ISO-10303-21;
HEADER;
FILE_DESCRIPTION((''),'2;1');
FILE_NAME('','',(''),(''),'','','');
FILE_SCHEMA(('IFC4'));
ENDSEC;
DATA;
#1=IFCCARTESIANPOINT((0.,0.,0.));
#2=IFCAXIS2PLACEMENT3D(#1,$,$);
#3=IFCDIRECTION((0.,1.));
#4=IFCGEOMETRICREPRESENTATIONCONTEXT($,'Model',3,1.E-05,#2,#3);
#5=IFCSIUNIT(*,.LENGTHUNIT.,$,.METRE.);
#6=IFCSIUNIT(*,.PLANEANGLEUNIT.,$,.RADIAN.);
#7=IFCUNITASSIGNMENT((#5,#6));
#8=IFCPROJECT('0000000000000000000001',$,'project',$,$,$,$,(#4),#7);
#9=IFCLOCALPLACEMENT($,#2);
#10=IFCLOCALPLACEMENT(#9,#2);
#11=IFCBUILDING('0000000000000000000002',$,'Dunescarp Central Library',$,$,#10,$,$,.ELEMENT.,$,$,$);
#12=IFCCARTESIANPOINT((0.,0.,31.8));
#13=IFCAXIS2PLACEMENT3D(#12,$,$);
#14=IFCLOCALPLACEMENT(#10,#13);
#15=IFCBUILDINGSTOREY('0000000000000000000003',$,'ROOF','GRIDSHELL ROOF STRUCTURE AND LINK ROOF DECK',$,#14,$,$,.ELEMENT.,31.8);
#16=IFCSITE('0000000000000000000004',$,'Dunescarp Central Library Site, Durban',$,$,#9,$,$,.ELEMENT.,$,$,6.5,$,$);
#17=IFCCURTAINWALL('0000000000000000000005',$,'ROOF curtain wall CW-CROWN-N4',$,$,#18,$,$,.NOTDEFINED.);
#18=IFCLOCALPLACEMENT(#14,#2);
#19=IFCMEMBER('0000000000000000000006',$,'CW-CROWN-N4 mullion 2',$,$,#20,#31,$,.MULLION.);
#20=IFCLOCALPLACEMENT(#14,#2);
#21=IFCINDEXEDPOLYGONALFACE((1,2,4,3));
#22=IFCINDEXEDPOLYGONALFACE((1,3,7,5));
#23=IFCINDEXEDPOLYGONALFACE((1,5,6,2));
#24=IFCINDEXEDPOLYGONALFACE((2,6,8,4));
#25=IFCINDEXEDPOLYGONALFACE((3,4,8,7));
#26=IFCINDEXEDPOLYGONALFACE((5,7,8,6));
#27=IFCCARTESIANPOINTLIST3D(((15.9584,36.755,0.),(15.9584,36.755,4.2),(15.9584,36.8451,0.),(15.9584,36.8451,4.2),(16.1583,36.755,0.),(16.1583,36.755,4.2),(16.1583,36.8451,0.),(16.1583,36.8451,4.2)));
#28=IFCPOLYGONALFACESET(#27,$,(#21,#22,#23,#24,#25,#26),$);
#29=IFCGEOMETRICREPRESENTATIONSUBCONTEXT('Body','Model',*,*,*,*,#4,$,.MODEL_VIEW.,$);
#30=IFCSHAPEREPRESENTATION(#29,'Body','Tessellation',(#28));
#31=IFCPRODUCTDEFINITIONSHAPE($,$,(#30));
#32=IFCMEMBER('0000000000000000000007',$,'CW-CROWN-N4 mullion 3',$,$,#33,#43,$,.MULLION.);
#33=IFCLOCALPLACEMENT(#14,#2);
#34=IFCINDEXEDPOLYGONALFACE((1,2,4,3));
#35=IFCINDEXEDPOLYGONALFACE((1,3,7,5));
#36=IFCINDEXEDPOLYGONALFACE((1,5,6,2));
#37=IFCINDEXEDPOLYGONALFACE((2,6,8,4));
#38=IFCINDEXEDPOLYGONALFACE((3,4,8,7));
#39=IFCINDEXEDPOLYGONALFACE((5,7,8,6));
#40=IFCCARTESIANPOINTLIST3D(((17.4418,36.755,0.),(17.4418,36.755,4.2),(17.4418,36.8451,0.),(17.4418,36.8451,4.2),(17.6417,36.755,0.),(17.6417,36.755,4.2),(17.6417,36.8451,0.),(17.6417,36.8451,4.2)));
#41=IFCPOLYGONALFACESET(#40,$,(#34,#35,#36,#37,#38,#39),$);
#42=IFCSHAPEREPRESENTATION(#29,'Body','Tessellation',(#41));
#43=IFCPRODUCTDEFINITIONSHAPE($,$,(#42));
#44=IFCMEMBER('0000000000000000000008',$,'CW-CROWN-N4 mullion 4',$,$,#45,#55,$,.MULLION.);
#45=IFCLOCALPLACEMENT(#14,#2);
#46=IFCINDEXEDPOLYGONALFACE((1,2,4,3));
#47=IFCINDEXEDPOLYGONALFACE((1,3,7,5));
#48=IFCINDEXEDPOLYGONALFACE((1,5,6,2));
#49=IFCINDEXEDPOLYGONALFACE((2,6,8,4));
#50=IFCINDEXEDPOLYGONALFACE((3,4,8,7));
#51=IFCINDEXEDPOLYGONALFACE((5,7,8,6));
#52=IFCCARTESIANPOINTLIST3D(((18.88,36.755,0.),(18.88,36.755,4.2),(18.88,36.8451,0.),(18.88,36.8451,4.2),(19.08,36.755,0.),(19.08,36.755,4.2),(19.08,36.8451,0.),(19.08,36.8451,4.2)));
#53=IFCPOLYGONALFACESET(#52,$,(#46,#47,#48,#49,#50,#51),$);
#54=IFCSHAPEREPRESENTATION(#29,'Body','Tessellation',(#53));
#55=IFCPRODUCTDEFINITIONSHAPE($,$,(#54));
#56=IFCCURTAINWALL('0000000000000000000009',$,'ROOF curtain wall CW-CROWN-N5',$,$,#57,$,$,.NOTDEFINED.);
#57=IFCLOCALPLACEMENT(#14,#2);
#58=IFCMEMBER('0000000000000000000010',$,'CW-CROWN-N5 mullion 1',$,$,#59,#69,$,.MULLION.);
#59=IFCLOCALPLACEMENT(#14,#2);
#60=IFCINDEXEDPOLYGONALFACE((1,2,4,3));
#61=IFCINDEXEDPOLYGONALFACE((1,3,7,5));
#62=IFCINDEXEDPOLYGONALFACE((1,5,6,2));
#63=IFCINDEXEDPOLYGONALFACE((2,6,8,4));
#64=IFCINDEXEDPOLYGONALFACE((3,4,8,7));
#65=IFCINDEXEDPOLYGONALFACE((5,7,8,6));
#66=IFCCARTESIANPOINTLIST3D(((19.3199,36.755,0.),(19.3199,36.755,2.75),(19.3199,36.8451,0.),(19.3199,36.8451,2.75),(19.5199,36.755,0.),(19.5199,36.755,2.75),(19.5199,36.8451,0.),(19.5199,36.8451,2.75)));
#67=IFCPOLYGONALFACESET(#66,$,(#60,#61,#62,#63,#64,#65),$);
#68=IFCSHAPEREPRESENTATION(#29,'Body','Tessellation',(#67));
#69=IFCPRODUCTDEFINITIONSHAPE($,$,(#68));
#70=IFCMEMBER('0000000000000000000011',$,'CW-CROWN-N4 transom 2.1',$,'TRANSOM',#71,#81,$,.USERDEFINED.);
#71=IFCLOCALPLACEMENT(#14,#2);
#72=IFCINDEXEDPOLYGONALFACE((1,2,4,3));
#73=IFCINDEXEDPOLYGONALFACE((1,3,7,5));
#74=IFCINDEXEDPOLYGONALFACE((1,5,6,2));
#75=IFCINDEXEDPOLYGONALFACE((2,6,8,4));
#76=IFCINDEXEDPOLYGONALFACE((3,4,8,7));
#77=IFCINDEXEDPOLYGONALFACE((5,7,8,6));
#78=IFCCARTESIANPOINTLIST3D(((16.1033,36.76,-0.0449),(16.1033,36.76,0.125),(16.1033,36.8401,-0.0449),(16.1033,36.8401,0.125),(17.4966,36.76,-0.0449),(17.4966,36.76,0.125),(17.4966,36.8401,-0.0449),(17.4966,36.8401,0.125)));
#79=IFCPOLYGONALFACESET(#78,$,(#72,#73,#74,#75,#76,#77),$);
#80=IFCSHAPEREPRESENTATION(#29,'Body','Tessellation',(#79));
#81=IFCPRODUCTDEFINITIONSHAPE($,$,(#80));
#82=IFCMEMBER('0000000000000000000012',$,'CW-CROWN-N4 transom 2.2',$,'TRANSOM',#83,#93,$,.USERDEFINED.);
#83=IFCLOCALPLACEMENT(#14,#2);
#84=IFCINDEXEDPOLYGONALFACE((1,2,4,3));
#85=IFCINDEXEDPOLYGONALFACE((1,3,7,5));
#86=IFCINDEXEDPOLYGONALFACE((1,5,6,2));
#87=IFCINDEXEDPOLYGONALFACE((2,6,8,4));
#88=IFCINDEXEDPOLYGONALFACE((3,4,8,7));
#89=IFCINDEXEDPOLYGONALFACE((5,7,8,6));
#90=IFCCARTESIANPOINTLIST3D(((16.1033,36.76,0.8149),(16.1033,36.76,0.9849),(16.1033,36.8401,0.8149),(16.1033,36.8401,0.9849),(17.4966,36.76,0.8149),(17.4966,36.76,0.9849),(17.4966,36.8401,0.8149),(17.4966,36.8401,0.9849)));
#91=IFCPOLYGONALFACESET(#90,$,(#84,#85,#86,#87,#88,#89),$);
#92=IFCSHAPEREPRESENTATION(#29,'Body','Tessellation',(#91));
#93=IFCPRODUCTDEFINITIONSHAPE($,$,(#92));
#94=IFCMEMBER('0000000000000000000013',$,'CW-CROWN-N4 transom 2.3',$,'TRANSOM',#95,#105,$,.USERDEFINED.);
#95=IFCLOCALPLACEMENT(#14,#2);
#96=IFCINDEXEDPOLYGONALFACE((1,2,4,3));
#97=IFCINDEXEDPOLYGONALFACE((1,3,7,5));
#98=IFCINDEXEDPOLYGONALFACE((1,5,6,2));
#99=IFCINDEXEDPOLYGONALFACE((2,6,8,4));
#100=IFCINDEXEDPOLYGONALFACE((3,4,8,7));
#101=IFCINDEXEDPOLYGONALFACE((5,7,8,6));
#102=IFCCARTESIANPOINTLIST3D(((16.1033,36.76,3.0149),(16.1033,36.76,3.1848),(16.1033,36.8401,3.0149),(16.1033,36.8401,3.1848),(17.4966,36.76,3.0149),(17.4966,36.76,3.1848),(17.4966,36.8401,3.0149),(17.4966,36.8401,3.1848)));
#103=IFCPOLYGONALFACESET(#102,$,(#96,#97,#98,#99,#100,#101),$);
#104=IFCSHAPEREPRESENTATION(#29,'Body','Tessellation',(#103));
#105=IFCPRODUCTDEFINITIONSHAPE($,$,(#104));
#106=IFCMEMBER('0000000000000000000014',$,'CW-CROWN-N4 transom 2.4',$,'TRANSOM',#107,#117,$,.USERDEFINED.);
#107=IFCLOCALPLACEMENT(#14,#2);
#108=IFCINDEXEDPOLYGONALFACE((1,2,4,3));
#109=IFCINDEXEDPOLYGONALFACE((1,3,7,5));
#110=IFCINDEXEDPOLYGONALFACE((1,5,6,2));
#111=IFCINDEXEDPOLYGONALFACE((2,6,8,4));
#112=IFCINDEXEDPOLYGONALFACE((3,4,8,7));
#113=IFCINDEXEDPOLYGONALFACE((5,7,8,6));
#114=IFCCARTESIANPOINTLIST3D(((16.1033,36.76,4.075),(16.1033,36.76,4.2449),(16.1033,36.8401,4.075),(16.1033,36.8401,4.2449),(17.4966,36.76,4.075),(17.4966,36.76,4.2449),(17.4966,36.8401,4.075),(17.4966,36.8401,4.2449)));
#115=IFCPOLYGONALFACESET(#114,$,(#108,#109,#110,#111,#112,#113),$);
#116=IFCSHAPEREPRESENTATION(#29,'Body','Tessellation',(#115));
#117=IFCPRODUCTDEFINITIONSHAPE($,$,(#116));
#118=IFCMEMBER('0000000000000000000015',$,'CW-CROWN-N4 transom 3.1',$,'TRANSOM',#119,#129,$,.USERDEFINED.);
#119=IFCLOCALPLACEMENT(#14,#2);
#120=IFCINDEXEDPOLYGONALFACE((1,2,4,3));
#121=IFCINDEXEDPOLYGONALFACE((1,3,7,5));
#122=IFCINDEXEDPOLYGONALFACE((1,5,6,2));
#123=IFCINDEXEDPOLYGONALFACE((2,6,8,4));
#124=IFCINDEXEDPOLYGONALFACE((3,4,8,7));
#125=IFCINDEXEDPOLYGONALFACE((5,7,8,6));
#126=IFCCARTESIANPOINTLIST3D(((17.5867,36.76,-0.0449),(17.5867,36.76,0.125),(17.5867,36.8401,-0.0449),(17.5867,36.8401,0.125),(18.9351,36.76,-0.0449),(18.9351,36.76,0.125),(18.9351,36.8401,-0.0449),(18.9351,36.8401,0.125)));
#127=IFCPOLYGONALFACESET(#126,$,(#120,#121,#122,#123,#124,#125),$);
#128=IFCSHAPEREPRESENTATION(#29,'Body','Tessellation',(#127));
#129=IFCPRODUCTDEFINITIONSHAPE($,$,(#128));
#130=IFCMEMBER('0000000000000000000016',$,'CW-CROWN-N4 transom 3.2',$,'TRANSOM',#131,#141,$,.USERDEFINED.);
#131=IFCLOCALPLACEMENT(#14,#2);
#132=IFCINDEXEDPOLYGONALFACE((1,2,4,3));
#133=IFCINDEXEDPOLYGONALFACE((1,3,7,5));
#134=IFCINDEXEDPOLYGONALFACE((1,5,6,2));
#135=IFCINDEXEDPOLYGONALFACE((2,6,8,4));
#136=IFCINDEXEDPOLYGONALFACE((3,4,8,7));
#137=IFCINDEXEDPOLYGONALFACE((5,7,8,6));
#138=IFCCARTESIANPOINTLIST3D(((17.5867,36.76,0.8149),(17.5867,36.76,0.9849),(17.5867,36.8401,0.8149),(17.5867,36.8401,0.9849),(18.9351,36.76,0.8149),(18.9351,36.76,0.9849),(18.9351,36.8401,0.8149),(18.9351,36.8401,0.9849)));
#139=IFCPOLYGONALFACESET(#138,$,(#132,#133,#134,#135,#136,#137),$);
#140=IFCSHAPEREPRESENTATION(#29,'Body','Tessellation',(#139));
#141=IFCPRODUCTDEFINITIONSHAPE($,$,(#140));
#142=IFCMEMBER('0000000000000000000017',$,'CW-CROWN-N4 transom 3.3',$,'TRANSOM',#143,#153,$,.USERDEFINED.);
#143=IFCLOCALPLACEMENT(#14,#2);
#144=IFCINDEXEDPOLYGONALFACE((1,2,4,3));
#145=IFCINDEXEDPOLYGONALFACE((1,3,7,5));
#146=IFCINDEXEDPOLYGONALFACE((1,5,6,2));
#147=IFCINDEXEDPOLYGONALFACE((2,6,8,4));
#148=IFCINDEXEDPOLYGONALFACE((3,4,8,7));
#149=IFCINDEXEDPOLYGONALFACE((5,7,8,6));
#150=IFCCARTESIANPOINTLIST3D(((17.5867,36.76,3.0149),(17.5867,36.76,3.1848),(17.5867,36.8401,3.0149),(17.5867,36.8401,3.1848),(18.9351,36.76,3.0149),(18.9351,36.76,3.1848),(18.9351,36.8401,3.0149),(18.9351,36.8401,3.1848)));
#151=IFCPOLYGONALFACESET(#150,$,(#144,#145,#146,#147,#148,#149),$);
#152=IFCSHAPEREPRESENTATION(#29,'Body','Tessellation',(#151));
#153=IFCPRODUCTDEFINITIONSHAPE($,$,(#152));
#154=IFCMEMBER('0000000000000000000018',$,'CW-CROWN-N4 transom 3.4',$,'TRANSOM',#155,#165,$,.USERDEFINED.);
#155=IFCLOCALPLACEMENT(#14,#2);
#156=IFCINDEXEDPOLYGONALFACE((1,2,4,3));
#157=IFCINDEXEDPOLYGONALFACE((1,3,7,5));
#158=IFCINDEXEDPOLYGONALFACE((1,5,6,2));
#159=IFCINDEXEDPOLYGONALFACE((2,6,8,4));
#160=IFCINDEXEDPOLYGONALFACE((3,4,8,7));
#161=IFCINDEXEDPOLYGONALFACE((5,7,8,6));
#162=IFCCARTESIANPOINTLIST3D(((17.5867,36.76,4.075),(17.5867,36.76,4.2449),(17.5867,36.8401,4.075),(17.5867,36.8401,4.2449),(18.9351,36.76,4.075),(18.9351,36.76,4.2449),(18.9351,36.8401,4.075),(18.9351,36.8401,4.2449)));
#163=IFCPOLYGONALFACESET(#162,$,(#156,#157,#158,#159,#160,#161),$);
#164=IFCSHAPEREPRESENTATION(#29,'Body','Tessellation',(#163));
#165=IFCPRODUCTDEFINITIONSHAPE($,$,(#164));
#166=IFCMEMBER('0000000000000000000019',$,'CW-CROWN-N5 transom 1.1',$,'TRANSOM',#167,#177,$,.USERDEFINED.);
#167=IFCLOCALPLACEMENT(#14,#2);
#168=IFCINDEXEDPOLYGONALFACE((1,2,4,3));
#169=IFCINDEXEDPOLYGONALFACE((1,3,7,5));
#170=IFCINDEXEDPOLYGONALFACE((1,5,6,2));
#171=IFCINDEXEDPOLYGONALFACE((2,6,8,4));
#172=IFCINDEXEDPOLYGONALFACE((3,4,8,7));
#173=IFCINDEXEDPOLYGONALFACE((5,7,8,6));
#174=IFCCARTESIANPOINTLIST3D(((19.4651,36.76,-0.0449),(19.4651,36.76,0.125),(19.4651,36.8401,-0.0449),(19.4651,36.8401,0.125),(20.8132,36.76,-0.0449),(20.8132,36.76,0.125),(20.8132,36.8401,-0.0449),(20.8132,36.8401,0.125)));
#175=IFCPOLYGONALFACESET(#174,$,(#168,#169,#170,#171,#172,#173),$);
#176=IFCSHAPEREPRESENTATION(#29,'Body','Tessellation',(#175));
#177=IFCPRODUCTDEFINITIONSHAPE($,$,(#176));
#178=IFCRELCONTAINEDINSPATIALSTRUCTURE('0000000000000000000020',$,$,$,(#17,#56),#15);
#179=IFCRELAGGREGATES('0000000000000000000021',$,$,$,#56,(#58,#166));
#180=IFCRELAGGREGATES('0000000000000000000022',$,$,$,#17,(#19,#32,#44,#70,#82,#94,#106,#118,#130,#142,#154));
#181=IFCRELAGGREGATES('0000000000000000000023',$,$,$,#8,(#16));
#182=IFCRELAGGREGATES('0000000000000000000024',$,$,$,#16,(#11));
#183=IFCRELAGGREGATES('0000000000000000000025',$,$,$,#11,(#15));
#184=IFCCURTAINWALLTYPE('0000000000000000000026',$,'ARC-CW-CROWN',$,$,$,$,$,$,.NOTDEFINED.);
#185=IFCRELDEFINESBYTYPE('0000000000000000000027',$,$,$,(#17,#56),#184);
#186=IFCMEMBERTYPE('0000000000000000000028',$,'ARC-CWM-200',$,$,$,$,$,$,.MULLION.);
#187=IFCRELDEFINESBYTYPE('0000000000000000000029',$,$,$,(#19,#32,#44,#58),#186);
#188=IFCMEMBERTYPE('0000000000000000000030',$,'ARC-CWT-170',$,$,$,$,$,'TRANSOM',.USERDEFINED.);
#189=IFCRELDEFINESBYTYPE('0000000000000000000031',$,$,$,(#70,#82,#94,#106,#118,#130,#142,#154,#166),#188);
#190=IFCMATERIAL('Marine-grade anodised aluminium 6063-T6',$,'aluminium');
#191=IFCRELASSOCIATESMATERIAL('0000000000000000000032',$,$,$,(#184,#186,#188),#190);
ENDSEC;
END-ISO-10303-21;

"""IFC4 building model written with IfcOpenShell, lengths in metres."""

from ifc_helpers import new_model, si_unit, direction, frame, origin, origin_2d, place, context, subcontext, project, spatial, rectangle, extrude, material, material_profile, profile_set, type_object, element, aggregate, save


model = new_model("IFC4")

# Units and contexts
model_context = context("Model", 3, precision=1e-05, world=origin(), true_north=direction((0.0, 1.0)))
body_context = subcontext(model_context, "Body", "Model", "MODEL_VIEW")
ifc_project = project(units=[si_unit("LENGTHUNIT", "METRE"), si_unit("PLANEANGLEUNIT", "RADIAN")], contexts=[model_context])

# Site, building, storey
site_placement = place(None, origin())
site = spatial("IfcSite", under=ifc_project, at=site_placement, Name="Dunescarp Central Library Site, Durban", CompositionType="ELEMENT", RefElevation=6.5)
building_placement = place(site_placement, origin())
building = spatial("IfcBuilding", under=site, at=building_placement, Name="Dunescarp Central Library", CompositionType="ELEMENT")
storey_placement = place(building_placement, frame((0.0, 0.0, 31.8)))
storey = spatial("IfcBuildingStorey", under=building, at=storey_placement, Name="ROOF", Description="GRIDSHELL ROOF STRUCTURE AND LINK ROOF DECK", CompositionType="ELEMENT", Elevation=31.8)

# Curtain wall, members
ifc_material_1 = material(Name="Marine-grade anodised aluminium 6063-T6", Category="aluminium")
curtain_wall_type = type_object("IfcCurtainWallType", Name="ARC-CW-CROWN", PredefinedType="NOTDEFINED", material=ifc_material_1)
curtain_wall_1_placement = place(storey_placement, origin())
curtain_wall_1 = element("IfcCurtainWall", 1, at=curtain_wall_1_placement, inside=storey, type_object=curtain_wall_type, Name="ROOF curtain wall CW-CROWN-N4", PredefinedType="NOTDEFINED")
ifc_material_profile_1 = material_profile(ifc_material_1, rectangle(XDim=0.0901, YDim=0.2, at=origin_2d()), Name="AL 90x200")
ifc_profile_set_1 = profile_set([ifc_material_profile_1], Name="Marine-grade anodised aluminium 6063-T6")
member_type_1 = type_object("IfcMemberType", Name="ARC-CWM-200", PredefinedType="MULLION", material=ifc_profile_set_1)
member_1_placement = place(storey_placement, frame((16.0583, 36.8, 0.0), z_axis=(0.0, 0.0, 1.0), x_axis=(0.0, 1.0, 0.0)))
member_1 = element("IfcMember", 2, at=member_1_placement, type_object=member_type_1, Name="CW-CROWN-N4 mullion 2", PredefinedType="MULLION", context=body_context, shape_type="SweptSolid", body=[
    extrude(rectangle(XDim=0.0901, YDim=0.2, at=origin_2d()), origin(), (0.0, 0.0, 1.0), 4.2),
])
member_2_placement = place(storey_placement, frame((17.5417, 36.8, 0.0), z_axis=(0.0, 0.0, 1.0), x_axis=(0.0, 1.0, 0.0)))
member_2 = element("IfcMember", 3, at=member_2_placement, type_object=member_type_1, Name="CW-CROWN-N4 mullion 3", PredefinedType="MULLION", context=body_context, shape_type="SweptSolid", body=[
    extrude(rectangle(XDim=0.0901, YDim=0.2, at=origin_2d()), origin(), (0.0, 0.0, 1.0), 4.2),
])
member_3_placement = place(storey_placement, frame((18.98, 36.8, 0.0), z_axis=(0.0, 0.0, 1.0), x_axis=(0.0, 1.0, 0.0)))
member_3 = element("IfcMember", 4, at=member_3_placement, type_object=member_type_1, Name="CW-CROWN-N4 mullion 4", PredefinedType="MULLION", context=body_context, shape_type="SweptSolid", body=[
    extrude(rectangle(XDim=0.0901, YDim=0.2, at=origin_2d()), origin(), (0.0, 0.0, 1.0), 4.2),
])

# Curtain wall, member
curtain_wall_2_placement = place(storey_placement, origin())
curtain_wall_2 = element("IfcCurtainWall", 5, at=curtain_wall_2_placement, inside=storey, type_object=curtain_wall_type, Name="ROOF curtain wall CW-CROWN-N5", PredefinedType="NOTDEFINED")
member_4_placement = place(storey_placement, frame((19.4199, 36.8, 0.0), z_axis=(0.0, 0.0, 1.0), x_axis=(0.0, 1.0, 0.0)))
member_4 = element("IfcMember", 6, at=member_4_placement, type_object=member_type_1, Name="CW-CROWN-N5 mullion 1", PredefinedType="MULLION", context=body_context, shape_type="SweptSolid", body=[
    extrude(rectangle(XDim=0.0901, YDim=0.2, at=origin_2d()), origin(), (0.0, 0.0, 1.0), 2.75),
])

# Members
ifc_material_profile_2 = material_profile(ifc_material_1, rectangle(XDim=0.0801, YDim=0.1699, at=origin_2d()), Name="AL 80x170")
ifc_profile_set_2 = profile_set([ifc_material_profile_2], Name="Marine-grade anodised aluminium 6063-T6")
member_type_2 = type_object("IfcMemberType", Name="ARC-CWT-170", ElementType="TRANSOM", PredefinedType="USERDEFINED", material=ifc_profile_set_2)
member_5_placement = place(storey_placement, frame((16.1033, 36.8, 0.04), z_axis=(1.0, 0.0, 0.0), x_axis=(0.0, 1.0, 0.0)))
member_5 = element("IfcMember", 7, at=member_5_placement, type_object=member_type_2, Name="CW-CROWN-N4 transom 2.1", ObjectType="TRANSOM", PredefinedType="USERDEFINED", context=body_context, shape_type="SweptSolid", body=[
    extrude(rectangle(XDim=0.0801, YDim=0.1699, at=origin_2d()), origin(), (0.0, 0.0, 1.0), 1.3933),
])
member_6_placement = place(storey_placement, frame((16.1033, 36.8, 0.8999), z_axis=(1.0, 0.0, 0.0), x_axis=(0.0, 1.0, 0.0)))
member_6 = element("IfcMember", 8, at=member_6_placement, type_object=member_type_2, Name="CW-CROWN-N4 transom 2.2", ObjectType="TRANSOM", PredefinedType="USERDEFINED", context=body_context, shape_type="SweptSolid", body=[
    extrude(rectangle(XDim=0.0801, YDim=0.1699, at=origin_2d()), origin(), (0.0, 0.0, 1.0), 1.3933),
])
member_7_placement = place(storey_placement, frame((16.1033, 36.8, 3.0999), z_axis=(1.0, 0.0, 0.0), x_axis=(0.0, 1.0, 0.0)))
member_7 = element("IfcMember", 9, at=member_7_placement, type_object=member_type_2, Name="CW-CROWN-N4 transom 2.3", ObjectType="TRANSOM", PredefinedType="USERDEFINED", context=body_context, shape_type="SweptSolid", body=[
    extrude(rectangle(XDim=0.0801, YDim=0.1699, at=origin_2d()), origin(), (0.0, 0.0, 1.0), 1.3933),
])
member_8_placement = place(storey_placement, frame((16.1033, 36.8, 4.1599), z_axis=(1.0, 0.0, 0.0), x_axis=(0.0, 1.0, 0.0)))
member_8 = element("IfcMember", 10, at=member_8_placement, type_object=member_type_2, Name="CW-CROWN-N4 transom 2.4", ObjectType="TRANSOM", PredefinedType="USERDEFINED", context=body_context, shape_type="SweptSolid", body=[
    extrude(rectangle(XDim=0.0801, YDim=0.1699, at=origin_2d()), origin(), (0.0, 0.0, 1.0), 1.3933),
])
member_9_placement = place(storey_placement, frame((17.5867, 36.8, 0.04), z_axis=(1.0, 0.0, 0.0), x_axis=(0.0, 1.0, 0.0)))
member_9 = element("IfcMember", 11, at=member_9_placement, type_object=member_type_2, Name="CW-CROWN-N4 transom 3.1", ObjectType="TRANSOM", PredefinedType="USERDEFINED", context=body_context, shape_type="SweptSolid", body=[
    extrude(rectangle(XDim=0.0801, YDim=0.1699, at=origin_2d()), origin(), (0.0, 0.0, 1.0), 1.3484),
])
member_10_placement = place(storey_placement, frame((17.5867, 36.8, 0.8999), z_axis=(1.0, 0.0, 0.0), x_axis=(0.0, 1.0, 0.0)))
member_10 = element("IfcMember", 12, at=member_10_placement, type_object=member_type_2, Name="CW-CROWN-N4 transom 3.2", ObjectType="TRANSOM", PredefinedType="USERDEFINED", context=body_context, shape_type="SweptSolid", body=[
    extrude(rectangle(XDim=0.0801, YDim=0.1699, at=origin_2d()), origin(), (0.0, 0.0, 1.0), 1.3484),
])
member_11_placement = place(storey_placement, frame((17.5867, 36.8, 3.0999), z_axis=(1.0, 0.0, 0.0), x_axis=(0.0, 1.0, 0.0)))
member_11 = element("IfcMember", 13, at=member_11_placement, type_object=member_type_2, Name="CW-CROWN-N4 transom 3.3", ObjectType="TRANSOM", PredefinedType="USERDEFINED", context=body_context, shape_type="SweptSolid", body=[
    extrude(rectangle(XDim=0.0801, YDim=0.1699, at=origin_2d()), origin(), (0.0, 0.0, 1.0), 1.3484),
])
member_12_placement = place(storey_placement, frame((17.5867, 36.8, 4.1599), z_axis=(1.0, 0.0, 0.0), x_axis=(0.0, 1.0, 0.0)))
member_12 = element("IfcMember", 14, at=member_12_placement, type_object=member_type_2, Name="CW-CROWN-N4 transom 3.4", ObjectType="TRANSOM", PredefinedType="USERDEFINED", context=body_context, shape_type="SweptSolid", body=[
    extrude(rectangle(XDim=0.0801, YDim=0.1699, at=origin_2d()), origin(), (0.0, 0.0, 1.0), 1.3484),
])
member_13_placement = place(storey_placement, frame((19.4651, 36.8, 0.04), z_axis=(1.0, 0.0, 0.0), x_axis=(0.0, 1.0, 0.0)))
member_13 = element("IfcMember", 15, at=member_13_placement, type_object=member_type_2, Name="CW-CROWN-N5 transom 1.1", ObjectType="TRANSOM", PredefinedType="USERDEFINED", context=body_context, shape_type="SweptSolid", body=[
    extrude(rectangle(XDim=0.0801, YDim=0.1699, at=origin_2d()), origin(), (0.0, 0.0, 1.0), 1.3481),
])
aggregate(curtain_wall_2, [member_4, member_13])

aggregate(curtain_wall_1, [member_1, member_2, member_3, member_5, member_6, member_7, member_8, member_9, member_10, member_11, member_12])

save(model, "model.ifc")
